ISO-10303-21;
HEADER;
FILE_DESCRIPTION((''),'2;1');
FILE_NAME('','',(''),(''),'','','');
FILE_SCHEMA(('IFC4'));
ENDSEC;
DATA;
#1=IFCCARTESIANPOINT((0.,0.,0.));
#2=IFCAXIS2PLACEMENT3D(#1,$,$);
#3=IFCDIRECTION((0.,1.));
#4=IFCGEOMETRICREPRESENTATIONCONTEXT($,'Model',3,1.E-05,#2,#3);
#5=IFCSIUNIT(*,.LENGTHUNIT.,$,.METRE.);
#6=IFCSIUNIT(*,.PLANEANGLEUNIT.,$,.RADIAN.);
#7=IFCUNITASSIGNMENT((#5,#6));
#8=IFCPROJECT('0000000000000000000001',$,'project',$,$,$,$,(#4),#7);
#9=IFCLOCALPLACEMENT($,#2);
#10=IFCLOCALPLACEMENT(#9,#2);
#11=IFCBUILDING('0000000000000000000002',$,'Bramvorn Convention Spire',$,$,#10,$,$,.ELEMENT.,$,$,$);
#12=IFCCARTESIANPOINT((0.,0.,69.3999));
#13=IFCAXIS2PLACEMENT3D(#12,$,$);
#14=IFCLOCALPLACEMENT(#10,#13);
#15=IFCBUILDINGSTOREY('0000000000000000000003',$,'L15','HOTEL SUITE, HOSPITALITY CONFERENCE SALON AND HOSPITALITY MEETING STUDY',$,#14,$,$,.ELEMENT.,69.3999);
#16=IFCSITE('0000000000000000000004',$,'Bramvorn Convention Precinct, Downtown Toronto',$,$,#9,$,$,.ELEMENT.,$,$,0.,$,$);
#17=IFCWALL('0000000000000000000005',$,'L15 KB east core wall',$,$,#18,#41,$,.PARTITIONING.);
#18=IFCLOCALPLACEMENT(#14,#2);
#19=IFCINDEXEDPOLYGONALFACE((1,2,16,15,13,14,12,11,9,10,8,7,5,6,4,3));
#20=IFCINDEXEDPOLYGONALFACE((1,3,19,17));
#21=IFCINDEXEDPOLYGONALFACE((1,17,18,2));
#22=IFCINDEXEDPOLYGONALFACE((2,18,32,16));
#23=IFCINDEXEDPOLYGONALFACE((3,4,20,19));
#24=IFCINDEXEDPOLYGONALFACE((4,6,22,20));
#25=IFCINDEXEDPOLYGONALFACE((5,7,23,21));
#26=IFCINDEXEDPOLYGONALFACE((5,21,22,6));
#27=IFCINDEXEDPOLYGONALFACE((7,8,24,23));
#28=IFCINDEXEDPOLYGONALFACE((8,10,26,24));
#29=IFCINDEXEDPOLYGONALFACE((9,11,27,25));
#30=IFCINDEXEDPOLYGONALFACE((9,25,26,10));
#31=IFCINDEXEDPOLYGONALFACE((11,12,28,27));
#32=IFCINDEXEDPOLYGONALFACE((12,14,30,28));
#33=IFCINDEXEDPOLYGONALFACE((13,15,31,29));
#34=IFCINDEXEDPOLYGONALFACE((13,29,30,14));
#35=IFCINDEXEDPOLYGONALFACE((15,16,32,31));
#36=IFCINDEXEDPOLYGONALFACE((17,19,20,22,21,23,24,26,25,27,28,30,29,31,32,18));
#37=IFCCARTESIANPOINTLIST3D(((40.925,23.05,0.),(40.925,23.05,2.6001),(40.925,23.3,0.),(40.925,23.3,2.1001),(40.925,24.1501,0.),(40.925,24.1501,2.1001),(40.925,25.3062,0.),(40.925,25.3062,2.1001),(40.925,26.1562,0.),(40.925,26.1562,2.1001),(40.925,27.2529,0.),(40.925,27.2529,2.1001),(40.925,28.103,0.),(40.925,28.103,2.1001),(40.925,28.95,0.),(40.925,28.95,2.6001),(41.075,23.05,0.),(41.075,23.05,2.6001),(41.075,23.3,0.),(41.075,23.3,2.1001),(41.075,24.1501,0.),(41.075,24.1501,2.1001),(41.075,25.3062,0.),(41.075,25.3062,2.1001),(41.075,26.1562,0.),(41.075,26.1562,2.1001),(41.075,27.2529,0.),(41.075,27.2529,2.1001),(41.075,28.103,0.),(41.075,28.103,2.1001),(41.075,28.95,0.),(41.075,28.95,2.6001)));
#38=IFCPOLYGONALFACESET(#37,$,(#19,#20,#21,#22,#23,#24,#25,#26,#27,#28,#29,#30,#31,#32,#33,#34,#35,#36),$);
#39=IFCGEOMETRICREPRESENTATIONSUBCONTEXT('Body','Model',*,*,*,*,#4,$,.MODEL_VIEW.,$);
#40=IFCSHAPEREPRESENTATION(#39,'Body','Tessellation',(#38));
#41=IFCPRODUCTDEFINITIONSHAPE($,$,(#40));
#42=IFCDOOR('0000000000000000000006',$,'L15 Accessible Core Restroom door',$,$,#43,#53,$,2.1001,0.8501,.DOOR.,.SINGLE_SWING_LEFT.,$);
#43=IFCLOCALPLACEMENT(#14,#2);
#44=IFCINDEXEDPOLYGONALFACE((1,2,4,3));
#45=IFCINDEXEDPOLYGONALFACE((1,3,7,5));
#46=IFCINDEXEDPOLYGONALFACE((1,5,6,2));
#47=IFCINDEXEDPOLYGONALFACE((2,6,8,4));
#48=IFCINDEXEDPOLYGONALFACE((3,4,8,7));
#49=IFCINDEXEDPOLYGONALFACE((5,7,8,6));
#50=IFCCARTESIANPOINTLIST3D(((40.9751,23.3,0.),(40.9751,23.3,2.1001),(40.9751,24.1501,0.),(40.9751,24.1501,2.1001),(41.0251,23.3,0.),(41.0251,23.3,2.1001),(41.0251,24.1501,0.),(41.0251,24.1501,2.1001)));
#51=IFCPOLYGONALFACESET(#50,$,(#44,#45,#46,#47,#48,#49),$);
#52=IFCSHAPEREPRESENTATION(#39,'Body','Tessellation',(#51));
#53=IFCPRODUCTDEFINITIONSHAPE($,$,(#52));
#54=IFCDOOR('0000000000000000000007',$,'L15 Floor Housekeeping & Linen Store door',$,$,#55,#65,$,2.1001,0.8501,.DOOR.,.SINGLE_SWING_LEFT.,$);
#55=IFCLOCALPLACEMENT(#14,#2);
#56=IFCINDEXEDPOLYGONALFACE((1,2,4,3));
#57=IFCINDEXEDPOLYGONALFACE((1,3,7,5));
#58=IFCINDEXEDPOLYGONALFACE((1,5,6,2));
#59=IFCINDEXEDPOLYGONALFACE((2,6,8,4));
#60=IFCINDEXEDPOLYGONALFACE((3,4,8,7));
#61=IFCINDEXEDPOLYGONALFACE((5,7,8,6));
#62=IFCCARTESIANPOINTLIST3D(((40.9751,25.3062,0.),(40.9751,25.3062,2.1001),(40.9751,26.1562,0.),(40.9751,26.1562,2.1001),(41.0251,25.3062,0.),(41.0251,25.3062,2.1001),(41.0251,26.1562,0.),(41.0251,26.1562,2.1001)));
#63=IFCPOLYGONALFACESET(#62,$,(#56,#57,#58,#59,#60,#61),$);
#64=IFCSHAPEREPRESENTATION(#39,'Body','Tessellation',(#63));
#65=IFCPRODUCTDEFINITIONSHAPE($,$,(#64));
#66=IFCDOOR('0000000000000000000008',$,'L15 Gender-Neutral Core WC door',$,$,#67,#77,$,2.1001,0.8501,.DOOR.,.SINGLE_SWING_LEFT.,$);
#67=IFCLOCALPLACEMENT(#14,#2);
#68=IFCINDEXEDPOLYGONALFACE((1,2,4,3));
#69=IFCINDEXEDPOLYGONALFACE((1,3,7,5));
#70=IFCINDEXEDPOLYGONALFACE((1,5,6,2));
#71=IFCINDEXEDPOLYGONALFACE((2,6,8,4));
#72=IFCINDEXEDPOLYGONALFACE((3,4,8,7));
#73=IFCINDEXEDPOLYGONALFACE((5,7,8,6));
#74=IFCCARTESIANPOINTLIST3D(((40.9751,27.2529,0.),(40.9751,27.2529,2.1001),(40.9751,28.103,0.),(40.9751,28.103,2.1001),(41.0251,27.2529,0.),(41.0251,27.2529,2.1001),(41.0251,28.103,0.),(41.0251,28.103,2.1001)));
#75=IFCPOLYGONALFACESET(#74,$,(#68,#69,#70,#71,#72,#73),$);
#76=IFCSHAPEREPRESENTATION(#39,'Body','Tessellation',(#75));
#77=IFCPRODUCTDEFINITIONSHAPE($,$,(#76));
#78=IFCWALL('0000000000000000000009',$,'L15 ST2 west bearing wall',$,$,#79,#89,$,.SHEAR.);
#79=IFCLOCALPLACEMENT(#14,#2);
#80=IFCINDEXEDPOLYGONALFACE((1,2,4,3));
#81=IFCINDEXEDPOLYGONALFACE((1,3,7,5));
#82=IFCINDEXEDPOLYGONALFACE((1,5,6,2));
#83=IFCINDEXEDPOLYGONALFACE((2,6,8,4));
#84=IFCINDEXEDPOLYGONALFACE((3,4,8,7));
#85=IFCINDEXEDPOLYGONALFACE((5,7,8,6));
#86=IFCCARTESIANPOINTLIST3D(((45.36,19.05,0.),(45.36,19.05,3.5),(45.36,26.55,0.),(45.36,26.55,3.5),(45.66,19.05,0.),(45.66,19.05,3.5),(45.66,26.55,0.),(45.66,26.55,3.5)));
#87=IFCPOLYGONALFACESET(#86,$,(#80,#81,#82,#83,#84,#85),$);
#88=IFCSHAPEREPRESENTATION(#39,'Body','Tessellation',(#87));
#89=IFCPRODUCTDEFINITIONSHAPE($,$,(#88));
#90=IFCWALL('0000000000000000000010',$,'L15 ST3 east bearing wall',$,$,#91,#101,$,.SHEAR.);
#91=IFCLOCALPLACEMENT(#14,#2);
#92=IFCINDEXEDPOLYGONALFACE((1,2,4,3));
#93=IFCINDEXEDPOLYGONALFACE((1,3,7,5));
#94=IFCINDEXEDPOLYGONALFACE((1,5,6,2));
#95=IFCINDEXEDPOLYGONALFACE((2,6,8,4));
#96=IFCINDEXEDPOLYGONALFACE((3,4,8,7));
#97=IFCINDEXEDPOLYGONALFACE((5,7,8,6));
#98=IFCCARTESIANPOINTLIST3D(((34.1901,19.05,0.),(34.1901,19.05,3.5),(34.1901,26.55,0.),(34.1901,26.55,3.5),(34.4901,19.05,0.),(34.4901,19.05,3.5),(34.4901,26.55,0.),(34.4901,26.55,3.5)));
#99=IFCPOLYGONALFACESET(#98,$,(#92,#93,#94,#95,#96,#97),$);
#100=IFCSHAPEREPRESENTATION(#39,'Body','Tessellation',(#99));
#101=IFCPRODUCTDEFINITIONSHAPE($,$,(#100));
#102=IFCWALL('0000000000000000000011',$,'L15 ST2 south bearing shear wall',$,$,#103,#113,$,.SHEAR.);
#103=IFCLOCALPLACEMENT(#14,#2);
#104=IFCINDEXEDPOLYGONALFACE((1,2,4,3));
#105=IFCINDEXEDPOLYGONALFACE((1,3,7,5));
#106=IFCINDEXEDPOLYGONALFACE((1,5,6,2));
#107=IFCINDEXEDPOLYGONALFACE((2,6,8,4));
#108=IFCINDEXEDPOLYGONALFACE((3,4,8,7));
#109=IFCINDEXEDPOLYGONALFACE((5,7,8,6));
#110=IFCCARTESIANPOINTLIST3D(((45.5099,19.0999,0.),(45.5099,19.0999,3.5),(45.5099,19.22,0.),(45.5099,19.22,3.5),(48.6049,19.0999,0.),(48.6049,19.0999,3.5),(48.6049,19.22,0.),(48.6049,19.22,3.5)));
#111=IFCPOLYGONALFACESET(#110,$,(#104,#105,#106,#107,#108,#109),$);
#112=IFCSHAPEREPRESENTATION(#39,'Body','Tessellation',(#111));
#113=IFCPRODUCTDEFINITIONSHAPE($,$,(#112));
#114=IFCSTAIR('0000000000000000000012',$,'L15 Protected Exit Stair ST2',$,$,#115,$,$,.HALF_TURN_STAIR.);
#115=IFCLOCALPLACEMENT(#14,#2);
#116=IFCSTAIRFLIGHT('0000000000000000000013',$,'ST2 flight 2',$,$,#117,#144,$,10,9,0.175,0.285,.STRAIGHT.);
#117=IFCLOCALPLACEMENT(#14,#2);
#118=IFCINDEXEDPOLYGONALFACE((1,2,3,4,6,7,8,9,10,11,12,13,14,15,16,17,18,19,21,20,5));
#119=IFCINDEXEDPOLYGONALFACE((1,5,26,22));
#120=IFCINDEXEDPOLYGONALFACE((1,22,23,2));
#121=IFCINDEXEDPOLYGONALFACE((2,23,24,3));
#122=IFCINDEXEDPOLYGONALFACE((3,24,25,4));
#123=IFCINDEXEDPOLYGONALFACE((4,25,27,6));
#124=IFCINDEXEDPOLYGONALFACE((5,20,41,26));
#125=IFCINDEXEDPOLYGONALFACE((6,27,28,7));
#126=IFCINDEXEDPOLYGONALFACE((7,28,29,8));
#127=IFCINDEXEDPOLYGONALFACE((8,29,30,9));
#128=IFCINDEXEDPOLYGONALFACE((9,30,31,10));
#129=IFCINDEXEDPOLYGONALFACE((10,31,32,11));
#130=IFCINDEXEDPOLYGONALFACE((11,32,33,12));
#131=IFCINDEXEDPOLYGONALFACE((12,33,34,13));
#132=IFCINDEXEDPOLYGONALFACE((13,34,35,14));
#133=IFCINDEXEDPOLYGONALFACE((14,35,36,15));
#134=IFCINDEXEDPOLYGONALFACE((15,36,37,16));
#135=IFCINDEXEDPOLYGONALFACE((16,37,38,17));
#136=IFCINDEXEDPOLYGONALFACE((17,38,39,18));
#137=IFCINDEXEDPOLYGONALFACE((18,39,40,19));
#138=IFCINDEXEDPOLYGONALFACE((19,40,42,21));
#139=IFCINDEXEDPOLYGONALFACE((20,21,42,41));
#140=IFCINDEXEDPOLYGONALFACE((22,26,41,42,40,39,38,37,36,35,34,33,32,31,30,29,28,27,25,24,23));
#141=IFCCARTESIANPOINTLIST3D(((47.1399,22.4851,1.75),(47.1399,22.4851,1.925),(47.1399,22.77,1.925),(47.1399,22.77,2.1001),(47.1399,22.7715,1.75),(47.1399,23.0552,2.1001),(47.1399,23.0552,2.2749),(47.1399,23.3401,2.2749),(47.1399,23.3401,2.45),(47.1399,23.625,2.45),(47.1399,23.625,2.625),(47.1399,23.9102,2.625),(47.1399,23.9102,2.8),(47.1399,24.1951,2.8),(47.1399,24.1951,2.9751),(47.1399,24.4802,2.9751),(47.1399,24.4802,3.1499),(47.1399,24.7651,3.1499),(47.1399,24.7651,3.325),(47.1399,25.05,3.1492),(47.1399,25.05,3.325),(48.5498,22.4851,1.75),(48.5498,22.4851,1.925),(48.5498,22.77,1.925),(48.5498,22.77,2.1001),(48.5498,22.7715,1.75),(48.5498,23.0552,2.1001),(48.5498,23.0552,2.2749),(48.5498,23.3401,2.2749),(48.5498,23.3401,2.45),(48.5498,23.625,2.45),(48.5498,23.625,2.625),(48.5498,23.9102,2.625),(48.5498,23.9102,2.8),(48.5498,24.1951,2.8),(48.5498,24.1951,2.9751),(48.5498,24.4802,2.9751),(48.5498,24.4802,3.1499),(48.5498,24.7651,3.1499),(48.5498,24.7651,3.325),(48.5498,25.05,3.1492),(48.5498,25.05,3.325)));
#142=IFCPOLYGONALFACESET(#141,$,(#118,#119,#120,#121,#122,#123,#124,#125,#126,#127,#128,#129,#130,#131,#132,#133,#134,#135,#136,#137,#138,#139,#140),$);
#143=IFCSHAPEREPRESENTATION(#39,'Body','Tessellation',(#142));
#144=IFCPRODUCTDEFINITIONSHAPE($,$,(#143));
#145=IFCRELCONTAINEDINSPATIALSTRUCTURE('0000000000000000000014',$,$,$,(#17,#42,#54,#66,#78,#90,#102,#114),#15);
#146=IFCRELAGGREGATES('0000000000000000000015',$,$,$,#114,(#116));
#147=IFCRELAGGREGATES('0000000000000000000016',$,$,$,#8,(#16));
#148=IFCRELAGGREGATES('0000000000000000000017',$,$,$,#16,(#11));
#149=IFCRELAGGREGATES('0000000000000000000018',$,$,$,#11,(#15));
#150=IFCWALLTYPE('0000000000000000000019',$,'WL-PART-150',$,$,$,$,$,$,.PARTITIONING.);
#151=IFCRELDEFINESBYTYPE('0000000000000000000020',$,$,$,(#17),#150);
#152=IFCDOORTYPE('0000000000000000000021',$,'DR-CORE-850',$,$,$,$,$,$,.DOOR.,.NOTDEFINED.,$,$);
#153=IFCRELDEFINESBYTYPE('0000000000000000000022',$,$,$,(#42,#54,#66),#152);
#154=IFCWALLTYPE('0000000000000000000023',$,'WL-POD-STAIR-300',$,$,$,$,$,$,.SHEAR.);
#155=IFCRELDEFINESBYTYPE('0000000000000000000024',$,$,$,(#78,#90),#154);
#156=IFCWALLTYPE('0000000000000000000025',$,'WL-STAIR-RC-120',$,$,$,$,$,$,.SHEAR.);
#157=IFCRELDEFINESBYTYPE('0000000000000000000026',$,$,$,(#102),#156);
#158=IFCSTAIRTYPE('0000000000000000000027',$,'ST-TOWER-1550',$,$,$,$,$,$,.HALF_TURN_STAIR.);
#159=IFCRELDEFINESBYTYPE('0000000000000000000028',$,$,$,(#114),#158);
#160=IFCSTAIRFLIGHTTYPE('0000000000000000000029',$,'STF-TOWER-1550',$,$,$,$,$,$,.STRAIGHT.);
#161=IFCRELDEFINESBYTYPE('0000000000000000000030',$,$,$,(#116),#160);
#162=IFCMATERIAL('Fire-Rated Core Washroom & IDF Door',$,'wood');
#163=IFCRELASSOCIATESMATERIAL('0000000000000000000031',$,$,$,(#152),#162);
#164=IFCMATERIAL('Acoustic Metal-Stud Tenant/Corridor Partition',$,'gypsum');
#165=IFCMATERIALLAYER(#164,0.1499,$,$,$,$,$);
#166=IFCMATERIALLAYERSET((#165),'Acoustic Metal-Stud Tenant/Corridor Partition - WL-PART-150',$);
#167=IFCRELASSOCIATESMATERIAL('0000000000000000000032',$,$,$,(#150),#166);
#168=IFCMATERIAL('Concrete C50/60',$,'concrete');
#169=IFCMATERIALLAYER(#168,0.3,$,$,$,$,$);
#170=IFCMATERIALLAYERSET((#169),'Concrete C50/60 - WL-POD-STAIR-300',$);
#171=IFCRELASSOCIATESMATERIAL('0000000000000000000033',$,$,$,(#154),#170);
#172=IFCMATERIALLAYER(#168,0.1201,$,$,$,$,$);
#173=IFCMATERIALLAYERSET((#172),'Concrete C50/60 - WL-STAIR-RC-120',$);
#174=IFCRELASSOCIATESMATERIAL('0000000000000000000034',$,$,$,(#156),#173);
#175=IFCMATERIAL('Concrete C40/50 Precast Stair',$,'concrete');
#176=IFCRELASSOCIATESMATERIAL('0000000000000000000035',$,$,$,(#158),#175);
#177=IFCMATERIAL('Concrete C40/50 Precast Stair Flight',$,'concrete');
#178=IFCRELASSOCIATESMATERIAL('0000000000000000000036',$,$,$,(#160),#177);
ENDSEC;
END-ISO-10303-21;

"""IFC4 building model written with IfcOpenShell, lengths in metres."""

from ifc_helpers import new_model, si_unit, direction, frame, frame_2d, origin, place, context, subcontext, project, spatial, polyline, rectangle, outline, extrude, material, layer, layer_set, type_object, element, fill, aggregate, save


model = new_model("IFC4")

# Units and contexts
model_context = context("Model", 3, precision=1e-05, world=origin(), true_north=direction((0.0, 1.0)))
body_context = subcontext(model_context, "Body", "Model", "MODEL_VIEW")
ifc_project = project(units=[si_unit("LENGTHUNIT", "METRE"), si_unit("PLANEANGLEUNIT", "RADIAN")], contexts=[model_context])

# Site, building, storey
site_placement = place(None, origin())
site = spatial("IfcSite", under=ifc_project, at=site_placement, Name="Bramvorn Convention Precinct, Downtown Toronto", CompositionType="ELEMENT", RefElevation=0.0)
building_placement = place(site_placement, origin())
building = spatial("IfcBuilding", under=site, at=building_placement, Name="Bramvorn Convention Spire", CompositionType="ELEMENT")
storey_placement = place(building_placement, frame((0.0, 0.0, 69.3999)))
storey = spatial("IfcBuildingStorey", under=building, at=storey_placement, Name="L15", Description="HOTEL SUITE, HOSPITALITY CONFERENCE SALON AND HOSPITALITY MEETING STUDY", CompositionType="ELEMENT", Elevation=69.3999)

# Shared definitions
ifc_material_1 = material(Name="Concrete C50/60", Category="concrete")

# Shared definitions
ifc_material_2 = material(Name="Fire-Rated Core Washroom & IDF Door", Category="wood")
door_type = type_object("IfcDoorType", Name="DR-CORE-850", OperationType="NOTDEFINED", PredefinedType="DOOR", material=ifc_material_2)

# Shared definitions
ifc_material_3 = material(Name="Acoustic Metal-Stud Tenant/Corridor Partition", Category="gypsum")
ifc_layer_1 = layer(ifc_material_3, 0.1499)
ifc_layer_set_1 = layer_set([ifc_layer_1], Name="Acoustic Metal-Stud Tenant/Corridor Partition - WL-PART-150")
wall_type_1 = type_object("IfcWallType", Name="WL-PART-150", PredefinedType="PARTITIONING", material=ifc_layer_set_1)

# Wall, openings, doors
wall_1_placement = place(storey_placement, frame((41.0, 23.05, 0.0), z_axis=(0.0, 0.0, 1.0), x_axis=(0.0, 1.0, 0.0)))
wall_1 = element("IfcWall", 1, at=wall_1_placement, inside=storey, type_object=wall_type_1, Name="L15 KB east core wall", PredefinedType="PARTITIONING", context=body_context, shape_type="SweptSolid", body=[
    extrude(rectangle(XDim=5.8999, YDim=0.1499, at=frame_2d((2.95, 0.0))), origin(), (0.0, 0.0, 1.0), 2.6001),
])
opening_1_placement = place(wall_1_placement, frame((0.25, 0.0, 0.0)))
opening_1 = element("IfcOpeningElement", 2, at=opening_1_placement, cuts=wall_1, PredefinedType="OPENING", context=body_context, shape_type="SweptSolid", body=[
    extrude(rectangle(XDim=0.8501, YDim=2.1001, at=frame_2d((0.425, 1.05))), frame((0.0, 0.085, 0.0), z_axis=(0.0, -1.0, 0.0), x_axis=(1.0, 0.0, 0.0)), (0.0, 0.0, 1.0), 0.1699),
])
opening_2_placement = place(wall_1_placement, frame((2.2561, 0.0, 0.0)))
opening_2 = element("IfcOpeningElement", 3, at=opening_2_placement, cuts=wall_1, PredefinedType="OPENING", context=body_context, shape_type="SweptSolid", body=[
    extrude(rectangle(XDim=0.8501, YDim=2.1001, at=frame_2d((0.425, 1.05))), frame((0.0, 0.085, 0.0), z_axis=(0.0, -1.0, 0.0), x_axis=(1.0, 0.0, 0.0)), (0.0, 0.0, 1.0), 0.1699),
])
opening_3_placement = place(wall_1_placement, frame((4.2029, 0.0, 0.0)))
opening_3 = element("IfcOpeningElement", 4, at=opening_3_placement, cuts=wall_1, PredefinedType="OPENING", context=body_context, shape_type="SweptSolid", body=[
    extrude(rectangle(XDim=0.8501, YDim=2.1001, at=frame_2d((0.425, 1.05))), frame((0.0, 0.085, 0.0), z_axis=(0.0, -1.0, 0.0), x_axis=(1.0, 0.0, 0.0)), (0.0, 0.0, 1.0), 0.1699),
])
door_1_placement = place(opening_1_placement, origin())
door_1 = element("IfcDoor", 5, at=door_1_placement, inside=storey, type_object=door_type, Name="L15 Accessible Core Restroom door", OperationType="SINGLE_SWING_LEFT", OverallHeight=2.1001, OverallWidth=0.8501, PredefinedType="DOOR", context=body_context, shape_type="SweptSolid", body=[
    extrude(rectangle(XDim=0.8501, YDim=2.1001, at=frame_2d((0.425, 1.05))), frame((0.0, 0.0249, 0.0), z_axis=(0.0, -1.0, 0.0), x_axis=(1.0, 0.0, 0.0)), (0.0, 0.0, 1.0), 0.05),
])
fill(opening_1, door_1)
door_2_placement = place(opening_2_placement, origin())
door_2 = element("IfcDoor", 6, at=door_2_placement, inside=storey, type_object=door_type, Name="L15 Floor Housekeeping & Linen Store door", OperationType="SINGLE_SWING_LEFT", OverallHeight=2.1001, OverallWidth=0.8501, PredefinedType="DOOR", context=body_context, shape_type="SweptSolid", body=[
    extrude(rectangle(XDim=0.8501, YDim=2.1001, at=frame_2d((0.425, 1.05))), frame((0.0, 0.0249, 0.0), z_axis=(0.0, -1.0, 0.0), x_axis=(1.0, 0.0, 0.0)), (0.0, 0.0, 1.0), 0.05),
])
fill(opening_2, door_2)
door_3_placement = place(opening_3_placement, origin())
door_3 = element("IfcDoor", 7, at=door_3_placement, inside=storey, type_object=door_type, Name="L15 Gender-Neutral Core WC door", OperationType="SINGLE_SWING_LEFT", OverallHeight=2.1001, OverallWidth=0.8501, PredefinedType="DOOR", context=body_context, shape_type="SweptSolid", body=[
    extrude(rectangle(XDim=0.8501, YDim=2.1001, at=frame_2d((0.425, 1.05))), frame((0.0, 0.0249, 0.0), z_axis=(0.0, -1.0, 0.0), x_axis=(1.0, 0.0, 0.0)), (0.0, 0.0, 1.0), 0.05),
])
fill(opening_3, door_3)

# Walls
ifc_layer_2 = layer(ifc_material_1, 0.3)
ifc_layer_set_2 = layer_set([ifc_layer_2], Name="Concrete C50/60 - WL-POD-STAIR-300")
wall_type_2 = type_object("IfcWallType", Name="WL-POD-STAIR-300", PredefinedType="SHEAR", material=ifc_layer_set_2)
for number, where, z_axis, x_axis, name in (
    (8, (45.51, 19.05, 0.0), (0.0, 0.0, 1.0), (0.0, 1.0, 0.0), "L15 ST2 west bearing wall"),
    (9, (34.3401, 19.05, 0.0), (0.0, 0.0, 1.0), (0.0, 1.0, 0.0), "L15 ST3 east bearing wall"),
):
    element("IfcWall", number, at=place(storey_placement, frame(where, z_axis=z_axis, x_axis=x_axis)), inside=storey, type_object=wall_type_2, Name=name, PredefinedType="SHEAR", context=body_context, shape_type="SweptSolid", body=[
        extrude(rectangle(XDim=7.5, YDim=0.3, at=frame_2d((3.75, 0.0))), origin(), (0.0, 0.0, 1.0), 3.5),
    ])
ifc_layer_3 = layer(ifc_material_1, 0.1201)
ifc_layer_set_3 = layer_set([ifc_layer_3], Name="Concrete C50/60 - WL-STAIR-RC-120")
wall_type_3 = type_object("IfcWallType", Name="WL-STAIR-RC-120", PredefinedType="SHEAR", material=ifc_layer_set_3)
wall_2_placement = place(storey_placement, frame((45.51, 19.1599, 0.0), z_axis=(0.0, 0.0, 1.0), x_axis=(1.0, 0.0, 0.0)))
element("IfcWall", 10, at=wall_2_placement, inside=storey, type_object=wall_type_3, Name="L15 ST2 south bearing shear wall", PredefinedType="SHEAR", context=body_context, shape_type="SweptSolid", body=[
    extrude(rectangle(XDim=3.095, YDim=0.1201, at=frame_2d((1.5474, 0.0))), origin(), (0.0, 0.0, 1.0), 3.5),
])

# Stair, stair flight
ifc_material_4 = material(Name="Concrete C40/50 Precast Stair", Category="concrete")
stair_type = type_object("IfcStairType", Name="ST-TOWER-1550", PredefinedType="HALF_TURN_STAIR", material=ifc_material_4)
stair_placement = place(storey_placement, origin())
stair = element("IfcStair", 11, at=stair_placement, inside=storey, type_object=stair_type, Name="L15 Protected Exit Stair ST2", PredefinedType="HALF_TURN_STAIR")
ifc_material_5 = material(Name="Concrete C40/50 Precast Stair Flight", Category="concrete")
stair_flight_type = type_object("IfcStairFlightType", Name="STF-TOWER-1550", PredefinedType="STRAIGHT", material=ifc_material_5)
stair_flight_placement = place(storey_placement, frame((47.845, 22.4851, 1.75), z_axis=(0.0, 0.0, 1.0), x_axis=(0.0, 1.0, 0.0)))
stair_flight = element("IfcStairFlight", 12, at=stair_flight_placement, type_object=stair_flight_type, Name="ST2 flight 2", NumberOfRisers=10, NumberOfTreads=9, PredefinedType="STRAIGHT", RiserHeight=0.175, TreadLength=0.285, context=body_context, shape_type="SweptSolid", body=[
    extrude(outline(polyline([(0.0, 0.0), (0.0, 0.175), (0.2849, 0.175), (0.2849, 0.3501), (0.5701, 0.3501), (0.5701, 0.5249), (0.855, 0.5249), (0.855, 0.7), (1.1399, 0.7), (1.1399, 0.875), (1.425, 0.875), (1.425, 1.05), (1.71, 1.05), (1.71, 1.2251), (1.9951, 1.2251), (1.9951, 1.3999), (2.28, 1.3999), (2.28, 1.575), (2.5649, 1.575), (2.5649, 1.75), (2.5649, 1.3992), (0.2864, 0.0), (0.0, 0.0)])), frame((0.0, 0.7051, 0.0), z_axis=(0.0, -1.0, 0.0), x_axis=(1.0, 0.0, 0.0)), (0.0, 0.0, 1.0), 1.4099),
])
aggregate(stair, [stair_flight])

save(model, "model.ifc")
